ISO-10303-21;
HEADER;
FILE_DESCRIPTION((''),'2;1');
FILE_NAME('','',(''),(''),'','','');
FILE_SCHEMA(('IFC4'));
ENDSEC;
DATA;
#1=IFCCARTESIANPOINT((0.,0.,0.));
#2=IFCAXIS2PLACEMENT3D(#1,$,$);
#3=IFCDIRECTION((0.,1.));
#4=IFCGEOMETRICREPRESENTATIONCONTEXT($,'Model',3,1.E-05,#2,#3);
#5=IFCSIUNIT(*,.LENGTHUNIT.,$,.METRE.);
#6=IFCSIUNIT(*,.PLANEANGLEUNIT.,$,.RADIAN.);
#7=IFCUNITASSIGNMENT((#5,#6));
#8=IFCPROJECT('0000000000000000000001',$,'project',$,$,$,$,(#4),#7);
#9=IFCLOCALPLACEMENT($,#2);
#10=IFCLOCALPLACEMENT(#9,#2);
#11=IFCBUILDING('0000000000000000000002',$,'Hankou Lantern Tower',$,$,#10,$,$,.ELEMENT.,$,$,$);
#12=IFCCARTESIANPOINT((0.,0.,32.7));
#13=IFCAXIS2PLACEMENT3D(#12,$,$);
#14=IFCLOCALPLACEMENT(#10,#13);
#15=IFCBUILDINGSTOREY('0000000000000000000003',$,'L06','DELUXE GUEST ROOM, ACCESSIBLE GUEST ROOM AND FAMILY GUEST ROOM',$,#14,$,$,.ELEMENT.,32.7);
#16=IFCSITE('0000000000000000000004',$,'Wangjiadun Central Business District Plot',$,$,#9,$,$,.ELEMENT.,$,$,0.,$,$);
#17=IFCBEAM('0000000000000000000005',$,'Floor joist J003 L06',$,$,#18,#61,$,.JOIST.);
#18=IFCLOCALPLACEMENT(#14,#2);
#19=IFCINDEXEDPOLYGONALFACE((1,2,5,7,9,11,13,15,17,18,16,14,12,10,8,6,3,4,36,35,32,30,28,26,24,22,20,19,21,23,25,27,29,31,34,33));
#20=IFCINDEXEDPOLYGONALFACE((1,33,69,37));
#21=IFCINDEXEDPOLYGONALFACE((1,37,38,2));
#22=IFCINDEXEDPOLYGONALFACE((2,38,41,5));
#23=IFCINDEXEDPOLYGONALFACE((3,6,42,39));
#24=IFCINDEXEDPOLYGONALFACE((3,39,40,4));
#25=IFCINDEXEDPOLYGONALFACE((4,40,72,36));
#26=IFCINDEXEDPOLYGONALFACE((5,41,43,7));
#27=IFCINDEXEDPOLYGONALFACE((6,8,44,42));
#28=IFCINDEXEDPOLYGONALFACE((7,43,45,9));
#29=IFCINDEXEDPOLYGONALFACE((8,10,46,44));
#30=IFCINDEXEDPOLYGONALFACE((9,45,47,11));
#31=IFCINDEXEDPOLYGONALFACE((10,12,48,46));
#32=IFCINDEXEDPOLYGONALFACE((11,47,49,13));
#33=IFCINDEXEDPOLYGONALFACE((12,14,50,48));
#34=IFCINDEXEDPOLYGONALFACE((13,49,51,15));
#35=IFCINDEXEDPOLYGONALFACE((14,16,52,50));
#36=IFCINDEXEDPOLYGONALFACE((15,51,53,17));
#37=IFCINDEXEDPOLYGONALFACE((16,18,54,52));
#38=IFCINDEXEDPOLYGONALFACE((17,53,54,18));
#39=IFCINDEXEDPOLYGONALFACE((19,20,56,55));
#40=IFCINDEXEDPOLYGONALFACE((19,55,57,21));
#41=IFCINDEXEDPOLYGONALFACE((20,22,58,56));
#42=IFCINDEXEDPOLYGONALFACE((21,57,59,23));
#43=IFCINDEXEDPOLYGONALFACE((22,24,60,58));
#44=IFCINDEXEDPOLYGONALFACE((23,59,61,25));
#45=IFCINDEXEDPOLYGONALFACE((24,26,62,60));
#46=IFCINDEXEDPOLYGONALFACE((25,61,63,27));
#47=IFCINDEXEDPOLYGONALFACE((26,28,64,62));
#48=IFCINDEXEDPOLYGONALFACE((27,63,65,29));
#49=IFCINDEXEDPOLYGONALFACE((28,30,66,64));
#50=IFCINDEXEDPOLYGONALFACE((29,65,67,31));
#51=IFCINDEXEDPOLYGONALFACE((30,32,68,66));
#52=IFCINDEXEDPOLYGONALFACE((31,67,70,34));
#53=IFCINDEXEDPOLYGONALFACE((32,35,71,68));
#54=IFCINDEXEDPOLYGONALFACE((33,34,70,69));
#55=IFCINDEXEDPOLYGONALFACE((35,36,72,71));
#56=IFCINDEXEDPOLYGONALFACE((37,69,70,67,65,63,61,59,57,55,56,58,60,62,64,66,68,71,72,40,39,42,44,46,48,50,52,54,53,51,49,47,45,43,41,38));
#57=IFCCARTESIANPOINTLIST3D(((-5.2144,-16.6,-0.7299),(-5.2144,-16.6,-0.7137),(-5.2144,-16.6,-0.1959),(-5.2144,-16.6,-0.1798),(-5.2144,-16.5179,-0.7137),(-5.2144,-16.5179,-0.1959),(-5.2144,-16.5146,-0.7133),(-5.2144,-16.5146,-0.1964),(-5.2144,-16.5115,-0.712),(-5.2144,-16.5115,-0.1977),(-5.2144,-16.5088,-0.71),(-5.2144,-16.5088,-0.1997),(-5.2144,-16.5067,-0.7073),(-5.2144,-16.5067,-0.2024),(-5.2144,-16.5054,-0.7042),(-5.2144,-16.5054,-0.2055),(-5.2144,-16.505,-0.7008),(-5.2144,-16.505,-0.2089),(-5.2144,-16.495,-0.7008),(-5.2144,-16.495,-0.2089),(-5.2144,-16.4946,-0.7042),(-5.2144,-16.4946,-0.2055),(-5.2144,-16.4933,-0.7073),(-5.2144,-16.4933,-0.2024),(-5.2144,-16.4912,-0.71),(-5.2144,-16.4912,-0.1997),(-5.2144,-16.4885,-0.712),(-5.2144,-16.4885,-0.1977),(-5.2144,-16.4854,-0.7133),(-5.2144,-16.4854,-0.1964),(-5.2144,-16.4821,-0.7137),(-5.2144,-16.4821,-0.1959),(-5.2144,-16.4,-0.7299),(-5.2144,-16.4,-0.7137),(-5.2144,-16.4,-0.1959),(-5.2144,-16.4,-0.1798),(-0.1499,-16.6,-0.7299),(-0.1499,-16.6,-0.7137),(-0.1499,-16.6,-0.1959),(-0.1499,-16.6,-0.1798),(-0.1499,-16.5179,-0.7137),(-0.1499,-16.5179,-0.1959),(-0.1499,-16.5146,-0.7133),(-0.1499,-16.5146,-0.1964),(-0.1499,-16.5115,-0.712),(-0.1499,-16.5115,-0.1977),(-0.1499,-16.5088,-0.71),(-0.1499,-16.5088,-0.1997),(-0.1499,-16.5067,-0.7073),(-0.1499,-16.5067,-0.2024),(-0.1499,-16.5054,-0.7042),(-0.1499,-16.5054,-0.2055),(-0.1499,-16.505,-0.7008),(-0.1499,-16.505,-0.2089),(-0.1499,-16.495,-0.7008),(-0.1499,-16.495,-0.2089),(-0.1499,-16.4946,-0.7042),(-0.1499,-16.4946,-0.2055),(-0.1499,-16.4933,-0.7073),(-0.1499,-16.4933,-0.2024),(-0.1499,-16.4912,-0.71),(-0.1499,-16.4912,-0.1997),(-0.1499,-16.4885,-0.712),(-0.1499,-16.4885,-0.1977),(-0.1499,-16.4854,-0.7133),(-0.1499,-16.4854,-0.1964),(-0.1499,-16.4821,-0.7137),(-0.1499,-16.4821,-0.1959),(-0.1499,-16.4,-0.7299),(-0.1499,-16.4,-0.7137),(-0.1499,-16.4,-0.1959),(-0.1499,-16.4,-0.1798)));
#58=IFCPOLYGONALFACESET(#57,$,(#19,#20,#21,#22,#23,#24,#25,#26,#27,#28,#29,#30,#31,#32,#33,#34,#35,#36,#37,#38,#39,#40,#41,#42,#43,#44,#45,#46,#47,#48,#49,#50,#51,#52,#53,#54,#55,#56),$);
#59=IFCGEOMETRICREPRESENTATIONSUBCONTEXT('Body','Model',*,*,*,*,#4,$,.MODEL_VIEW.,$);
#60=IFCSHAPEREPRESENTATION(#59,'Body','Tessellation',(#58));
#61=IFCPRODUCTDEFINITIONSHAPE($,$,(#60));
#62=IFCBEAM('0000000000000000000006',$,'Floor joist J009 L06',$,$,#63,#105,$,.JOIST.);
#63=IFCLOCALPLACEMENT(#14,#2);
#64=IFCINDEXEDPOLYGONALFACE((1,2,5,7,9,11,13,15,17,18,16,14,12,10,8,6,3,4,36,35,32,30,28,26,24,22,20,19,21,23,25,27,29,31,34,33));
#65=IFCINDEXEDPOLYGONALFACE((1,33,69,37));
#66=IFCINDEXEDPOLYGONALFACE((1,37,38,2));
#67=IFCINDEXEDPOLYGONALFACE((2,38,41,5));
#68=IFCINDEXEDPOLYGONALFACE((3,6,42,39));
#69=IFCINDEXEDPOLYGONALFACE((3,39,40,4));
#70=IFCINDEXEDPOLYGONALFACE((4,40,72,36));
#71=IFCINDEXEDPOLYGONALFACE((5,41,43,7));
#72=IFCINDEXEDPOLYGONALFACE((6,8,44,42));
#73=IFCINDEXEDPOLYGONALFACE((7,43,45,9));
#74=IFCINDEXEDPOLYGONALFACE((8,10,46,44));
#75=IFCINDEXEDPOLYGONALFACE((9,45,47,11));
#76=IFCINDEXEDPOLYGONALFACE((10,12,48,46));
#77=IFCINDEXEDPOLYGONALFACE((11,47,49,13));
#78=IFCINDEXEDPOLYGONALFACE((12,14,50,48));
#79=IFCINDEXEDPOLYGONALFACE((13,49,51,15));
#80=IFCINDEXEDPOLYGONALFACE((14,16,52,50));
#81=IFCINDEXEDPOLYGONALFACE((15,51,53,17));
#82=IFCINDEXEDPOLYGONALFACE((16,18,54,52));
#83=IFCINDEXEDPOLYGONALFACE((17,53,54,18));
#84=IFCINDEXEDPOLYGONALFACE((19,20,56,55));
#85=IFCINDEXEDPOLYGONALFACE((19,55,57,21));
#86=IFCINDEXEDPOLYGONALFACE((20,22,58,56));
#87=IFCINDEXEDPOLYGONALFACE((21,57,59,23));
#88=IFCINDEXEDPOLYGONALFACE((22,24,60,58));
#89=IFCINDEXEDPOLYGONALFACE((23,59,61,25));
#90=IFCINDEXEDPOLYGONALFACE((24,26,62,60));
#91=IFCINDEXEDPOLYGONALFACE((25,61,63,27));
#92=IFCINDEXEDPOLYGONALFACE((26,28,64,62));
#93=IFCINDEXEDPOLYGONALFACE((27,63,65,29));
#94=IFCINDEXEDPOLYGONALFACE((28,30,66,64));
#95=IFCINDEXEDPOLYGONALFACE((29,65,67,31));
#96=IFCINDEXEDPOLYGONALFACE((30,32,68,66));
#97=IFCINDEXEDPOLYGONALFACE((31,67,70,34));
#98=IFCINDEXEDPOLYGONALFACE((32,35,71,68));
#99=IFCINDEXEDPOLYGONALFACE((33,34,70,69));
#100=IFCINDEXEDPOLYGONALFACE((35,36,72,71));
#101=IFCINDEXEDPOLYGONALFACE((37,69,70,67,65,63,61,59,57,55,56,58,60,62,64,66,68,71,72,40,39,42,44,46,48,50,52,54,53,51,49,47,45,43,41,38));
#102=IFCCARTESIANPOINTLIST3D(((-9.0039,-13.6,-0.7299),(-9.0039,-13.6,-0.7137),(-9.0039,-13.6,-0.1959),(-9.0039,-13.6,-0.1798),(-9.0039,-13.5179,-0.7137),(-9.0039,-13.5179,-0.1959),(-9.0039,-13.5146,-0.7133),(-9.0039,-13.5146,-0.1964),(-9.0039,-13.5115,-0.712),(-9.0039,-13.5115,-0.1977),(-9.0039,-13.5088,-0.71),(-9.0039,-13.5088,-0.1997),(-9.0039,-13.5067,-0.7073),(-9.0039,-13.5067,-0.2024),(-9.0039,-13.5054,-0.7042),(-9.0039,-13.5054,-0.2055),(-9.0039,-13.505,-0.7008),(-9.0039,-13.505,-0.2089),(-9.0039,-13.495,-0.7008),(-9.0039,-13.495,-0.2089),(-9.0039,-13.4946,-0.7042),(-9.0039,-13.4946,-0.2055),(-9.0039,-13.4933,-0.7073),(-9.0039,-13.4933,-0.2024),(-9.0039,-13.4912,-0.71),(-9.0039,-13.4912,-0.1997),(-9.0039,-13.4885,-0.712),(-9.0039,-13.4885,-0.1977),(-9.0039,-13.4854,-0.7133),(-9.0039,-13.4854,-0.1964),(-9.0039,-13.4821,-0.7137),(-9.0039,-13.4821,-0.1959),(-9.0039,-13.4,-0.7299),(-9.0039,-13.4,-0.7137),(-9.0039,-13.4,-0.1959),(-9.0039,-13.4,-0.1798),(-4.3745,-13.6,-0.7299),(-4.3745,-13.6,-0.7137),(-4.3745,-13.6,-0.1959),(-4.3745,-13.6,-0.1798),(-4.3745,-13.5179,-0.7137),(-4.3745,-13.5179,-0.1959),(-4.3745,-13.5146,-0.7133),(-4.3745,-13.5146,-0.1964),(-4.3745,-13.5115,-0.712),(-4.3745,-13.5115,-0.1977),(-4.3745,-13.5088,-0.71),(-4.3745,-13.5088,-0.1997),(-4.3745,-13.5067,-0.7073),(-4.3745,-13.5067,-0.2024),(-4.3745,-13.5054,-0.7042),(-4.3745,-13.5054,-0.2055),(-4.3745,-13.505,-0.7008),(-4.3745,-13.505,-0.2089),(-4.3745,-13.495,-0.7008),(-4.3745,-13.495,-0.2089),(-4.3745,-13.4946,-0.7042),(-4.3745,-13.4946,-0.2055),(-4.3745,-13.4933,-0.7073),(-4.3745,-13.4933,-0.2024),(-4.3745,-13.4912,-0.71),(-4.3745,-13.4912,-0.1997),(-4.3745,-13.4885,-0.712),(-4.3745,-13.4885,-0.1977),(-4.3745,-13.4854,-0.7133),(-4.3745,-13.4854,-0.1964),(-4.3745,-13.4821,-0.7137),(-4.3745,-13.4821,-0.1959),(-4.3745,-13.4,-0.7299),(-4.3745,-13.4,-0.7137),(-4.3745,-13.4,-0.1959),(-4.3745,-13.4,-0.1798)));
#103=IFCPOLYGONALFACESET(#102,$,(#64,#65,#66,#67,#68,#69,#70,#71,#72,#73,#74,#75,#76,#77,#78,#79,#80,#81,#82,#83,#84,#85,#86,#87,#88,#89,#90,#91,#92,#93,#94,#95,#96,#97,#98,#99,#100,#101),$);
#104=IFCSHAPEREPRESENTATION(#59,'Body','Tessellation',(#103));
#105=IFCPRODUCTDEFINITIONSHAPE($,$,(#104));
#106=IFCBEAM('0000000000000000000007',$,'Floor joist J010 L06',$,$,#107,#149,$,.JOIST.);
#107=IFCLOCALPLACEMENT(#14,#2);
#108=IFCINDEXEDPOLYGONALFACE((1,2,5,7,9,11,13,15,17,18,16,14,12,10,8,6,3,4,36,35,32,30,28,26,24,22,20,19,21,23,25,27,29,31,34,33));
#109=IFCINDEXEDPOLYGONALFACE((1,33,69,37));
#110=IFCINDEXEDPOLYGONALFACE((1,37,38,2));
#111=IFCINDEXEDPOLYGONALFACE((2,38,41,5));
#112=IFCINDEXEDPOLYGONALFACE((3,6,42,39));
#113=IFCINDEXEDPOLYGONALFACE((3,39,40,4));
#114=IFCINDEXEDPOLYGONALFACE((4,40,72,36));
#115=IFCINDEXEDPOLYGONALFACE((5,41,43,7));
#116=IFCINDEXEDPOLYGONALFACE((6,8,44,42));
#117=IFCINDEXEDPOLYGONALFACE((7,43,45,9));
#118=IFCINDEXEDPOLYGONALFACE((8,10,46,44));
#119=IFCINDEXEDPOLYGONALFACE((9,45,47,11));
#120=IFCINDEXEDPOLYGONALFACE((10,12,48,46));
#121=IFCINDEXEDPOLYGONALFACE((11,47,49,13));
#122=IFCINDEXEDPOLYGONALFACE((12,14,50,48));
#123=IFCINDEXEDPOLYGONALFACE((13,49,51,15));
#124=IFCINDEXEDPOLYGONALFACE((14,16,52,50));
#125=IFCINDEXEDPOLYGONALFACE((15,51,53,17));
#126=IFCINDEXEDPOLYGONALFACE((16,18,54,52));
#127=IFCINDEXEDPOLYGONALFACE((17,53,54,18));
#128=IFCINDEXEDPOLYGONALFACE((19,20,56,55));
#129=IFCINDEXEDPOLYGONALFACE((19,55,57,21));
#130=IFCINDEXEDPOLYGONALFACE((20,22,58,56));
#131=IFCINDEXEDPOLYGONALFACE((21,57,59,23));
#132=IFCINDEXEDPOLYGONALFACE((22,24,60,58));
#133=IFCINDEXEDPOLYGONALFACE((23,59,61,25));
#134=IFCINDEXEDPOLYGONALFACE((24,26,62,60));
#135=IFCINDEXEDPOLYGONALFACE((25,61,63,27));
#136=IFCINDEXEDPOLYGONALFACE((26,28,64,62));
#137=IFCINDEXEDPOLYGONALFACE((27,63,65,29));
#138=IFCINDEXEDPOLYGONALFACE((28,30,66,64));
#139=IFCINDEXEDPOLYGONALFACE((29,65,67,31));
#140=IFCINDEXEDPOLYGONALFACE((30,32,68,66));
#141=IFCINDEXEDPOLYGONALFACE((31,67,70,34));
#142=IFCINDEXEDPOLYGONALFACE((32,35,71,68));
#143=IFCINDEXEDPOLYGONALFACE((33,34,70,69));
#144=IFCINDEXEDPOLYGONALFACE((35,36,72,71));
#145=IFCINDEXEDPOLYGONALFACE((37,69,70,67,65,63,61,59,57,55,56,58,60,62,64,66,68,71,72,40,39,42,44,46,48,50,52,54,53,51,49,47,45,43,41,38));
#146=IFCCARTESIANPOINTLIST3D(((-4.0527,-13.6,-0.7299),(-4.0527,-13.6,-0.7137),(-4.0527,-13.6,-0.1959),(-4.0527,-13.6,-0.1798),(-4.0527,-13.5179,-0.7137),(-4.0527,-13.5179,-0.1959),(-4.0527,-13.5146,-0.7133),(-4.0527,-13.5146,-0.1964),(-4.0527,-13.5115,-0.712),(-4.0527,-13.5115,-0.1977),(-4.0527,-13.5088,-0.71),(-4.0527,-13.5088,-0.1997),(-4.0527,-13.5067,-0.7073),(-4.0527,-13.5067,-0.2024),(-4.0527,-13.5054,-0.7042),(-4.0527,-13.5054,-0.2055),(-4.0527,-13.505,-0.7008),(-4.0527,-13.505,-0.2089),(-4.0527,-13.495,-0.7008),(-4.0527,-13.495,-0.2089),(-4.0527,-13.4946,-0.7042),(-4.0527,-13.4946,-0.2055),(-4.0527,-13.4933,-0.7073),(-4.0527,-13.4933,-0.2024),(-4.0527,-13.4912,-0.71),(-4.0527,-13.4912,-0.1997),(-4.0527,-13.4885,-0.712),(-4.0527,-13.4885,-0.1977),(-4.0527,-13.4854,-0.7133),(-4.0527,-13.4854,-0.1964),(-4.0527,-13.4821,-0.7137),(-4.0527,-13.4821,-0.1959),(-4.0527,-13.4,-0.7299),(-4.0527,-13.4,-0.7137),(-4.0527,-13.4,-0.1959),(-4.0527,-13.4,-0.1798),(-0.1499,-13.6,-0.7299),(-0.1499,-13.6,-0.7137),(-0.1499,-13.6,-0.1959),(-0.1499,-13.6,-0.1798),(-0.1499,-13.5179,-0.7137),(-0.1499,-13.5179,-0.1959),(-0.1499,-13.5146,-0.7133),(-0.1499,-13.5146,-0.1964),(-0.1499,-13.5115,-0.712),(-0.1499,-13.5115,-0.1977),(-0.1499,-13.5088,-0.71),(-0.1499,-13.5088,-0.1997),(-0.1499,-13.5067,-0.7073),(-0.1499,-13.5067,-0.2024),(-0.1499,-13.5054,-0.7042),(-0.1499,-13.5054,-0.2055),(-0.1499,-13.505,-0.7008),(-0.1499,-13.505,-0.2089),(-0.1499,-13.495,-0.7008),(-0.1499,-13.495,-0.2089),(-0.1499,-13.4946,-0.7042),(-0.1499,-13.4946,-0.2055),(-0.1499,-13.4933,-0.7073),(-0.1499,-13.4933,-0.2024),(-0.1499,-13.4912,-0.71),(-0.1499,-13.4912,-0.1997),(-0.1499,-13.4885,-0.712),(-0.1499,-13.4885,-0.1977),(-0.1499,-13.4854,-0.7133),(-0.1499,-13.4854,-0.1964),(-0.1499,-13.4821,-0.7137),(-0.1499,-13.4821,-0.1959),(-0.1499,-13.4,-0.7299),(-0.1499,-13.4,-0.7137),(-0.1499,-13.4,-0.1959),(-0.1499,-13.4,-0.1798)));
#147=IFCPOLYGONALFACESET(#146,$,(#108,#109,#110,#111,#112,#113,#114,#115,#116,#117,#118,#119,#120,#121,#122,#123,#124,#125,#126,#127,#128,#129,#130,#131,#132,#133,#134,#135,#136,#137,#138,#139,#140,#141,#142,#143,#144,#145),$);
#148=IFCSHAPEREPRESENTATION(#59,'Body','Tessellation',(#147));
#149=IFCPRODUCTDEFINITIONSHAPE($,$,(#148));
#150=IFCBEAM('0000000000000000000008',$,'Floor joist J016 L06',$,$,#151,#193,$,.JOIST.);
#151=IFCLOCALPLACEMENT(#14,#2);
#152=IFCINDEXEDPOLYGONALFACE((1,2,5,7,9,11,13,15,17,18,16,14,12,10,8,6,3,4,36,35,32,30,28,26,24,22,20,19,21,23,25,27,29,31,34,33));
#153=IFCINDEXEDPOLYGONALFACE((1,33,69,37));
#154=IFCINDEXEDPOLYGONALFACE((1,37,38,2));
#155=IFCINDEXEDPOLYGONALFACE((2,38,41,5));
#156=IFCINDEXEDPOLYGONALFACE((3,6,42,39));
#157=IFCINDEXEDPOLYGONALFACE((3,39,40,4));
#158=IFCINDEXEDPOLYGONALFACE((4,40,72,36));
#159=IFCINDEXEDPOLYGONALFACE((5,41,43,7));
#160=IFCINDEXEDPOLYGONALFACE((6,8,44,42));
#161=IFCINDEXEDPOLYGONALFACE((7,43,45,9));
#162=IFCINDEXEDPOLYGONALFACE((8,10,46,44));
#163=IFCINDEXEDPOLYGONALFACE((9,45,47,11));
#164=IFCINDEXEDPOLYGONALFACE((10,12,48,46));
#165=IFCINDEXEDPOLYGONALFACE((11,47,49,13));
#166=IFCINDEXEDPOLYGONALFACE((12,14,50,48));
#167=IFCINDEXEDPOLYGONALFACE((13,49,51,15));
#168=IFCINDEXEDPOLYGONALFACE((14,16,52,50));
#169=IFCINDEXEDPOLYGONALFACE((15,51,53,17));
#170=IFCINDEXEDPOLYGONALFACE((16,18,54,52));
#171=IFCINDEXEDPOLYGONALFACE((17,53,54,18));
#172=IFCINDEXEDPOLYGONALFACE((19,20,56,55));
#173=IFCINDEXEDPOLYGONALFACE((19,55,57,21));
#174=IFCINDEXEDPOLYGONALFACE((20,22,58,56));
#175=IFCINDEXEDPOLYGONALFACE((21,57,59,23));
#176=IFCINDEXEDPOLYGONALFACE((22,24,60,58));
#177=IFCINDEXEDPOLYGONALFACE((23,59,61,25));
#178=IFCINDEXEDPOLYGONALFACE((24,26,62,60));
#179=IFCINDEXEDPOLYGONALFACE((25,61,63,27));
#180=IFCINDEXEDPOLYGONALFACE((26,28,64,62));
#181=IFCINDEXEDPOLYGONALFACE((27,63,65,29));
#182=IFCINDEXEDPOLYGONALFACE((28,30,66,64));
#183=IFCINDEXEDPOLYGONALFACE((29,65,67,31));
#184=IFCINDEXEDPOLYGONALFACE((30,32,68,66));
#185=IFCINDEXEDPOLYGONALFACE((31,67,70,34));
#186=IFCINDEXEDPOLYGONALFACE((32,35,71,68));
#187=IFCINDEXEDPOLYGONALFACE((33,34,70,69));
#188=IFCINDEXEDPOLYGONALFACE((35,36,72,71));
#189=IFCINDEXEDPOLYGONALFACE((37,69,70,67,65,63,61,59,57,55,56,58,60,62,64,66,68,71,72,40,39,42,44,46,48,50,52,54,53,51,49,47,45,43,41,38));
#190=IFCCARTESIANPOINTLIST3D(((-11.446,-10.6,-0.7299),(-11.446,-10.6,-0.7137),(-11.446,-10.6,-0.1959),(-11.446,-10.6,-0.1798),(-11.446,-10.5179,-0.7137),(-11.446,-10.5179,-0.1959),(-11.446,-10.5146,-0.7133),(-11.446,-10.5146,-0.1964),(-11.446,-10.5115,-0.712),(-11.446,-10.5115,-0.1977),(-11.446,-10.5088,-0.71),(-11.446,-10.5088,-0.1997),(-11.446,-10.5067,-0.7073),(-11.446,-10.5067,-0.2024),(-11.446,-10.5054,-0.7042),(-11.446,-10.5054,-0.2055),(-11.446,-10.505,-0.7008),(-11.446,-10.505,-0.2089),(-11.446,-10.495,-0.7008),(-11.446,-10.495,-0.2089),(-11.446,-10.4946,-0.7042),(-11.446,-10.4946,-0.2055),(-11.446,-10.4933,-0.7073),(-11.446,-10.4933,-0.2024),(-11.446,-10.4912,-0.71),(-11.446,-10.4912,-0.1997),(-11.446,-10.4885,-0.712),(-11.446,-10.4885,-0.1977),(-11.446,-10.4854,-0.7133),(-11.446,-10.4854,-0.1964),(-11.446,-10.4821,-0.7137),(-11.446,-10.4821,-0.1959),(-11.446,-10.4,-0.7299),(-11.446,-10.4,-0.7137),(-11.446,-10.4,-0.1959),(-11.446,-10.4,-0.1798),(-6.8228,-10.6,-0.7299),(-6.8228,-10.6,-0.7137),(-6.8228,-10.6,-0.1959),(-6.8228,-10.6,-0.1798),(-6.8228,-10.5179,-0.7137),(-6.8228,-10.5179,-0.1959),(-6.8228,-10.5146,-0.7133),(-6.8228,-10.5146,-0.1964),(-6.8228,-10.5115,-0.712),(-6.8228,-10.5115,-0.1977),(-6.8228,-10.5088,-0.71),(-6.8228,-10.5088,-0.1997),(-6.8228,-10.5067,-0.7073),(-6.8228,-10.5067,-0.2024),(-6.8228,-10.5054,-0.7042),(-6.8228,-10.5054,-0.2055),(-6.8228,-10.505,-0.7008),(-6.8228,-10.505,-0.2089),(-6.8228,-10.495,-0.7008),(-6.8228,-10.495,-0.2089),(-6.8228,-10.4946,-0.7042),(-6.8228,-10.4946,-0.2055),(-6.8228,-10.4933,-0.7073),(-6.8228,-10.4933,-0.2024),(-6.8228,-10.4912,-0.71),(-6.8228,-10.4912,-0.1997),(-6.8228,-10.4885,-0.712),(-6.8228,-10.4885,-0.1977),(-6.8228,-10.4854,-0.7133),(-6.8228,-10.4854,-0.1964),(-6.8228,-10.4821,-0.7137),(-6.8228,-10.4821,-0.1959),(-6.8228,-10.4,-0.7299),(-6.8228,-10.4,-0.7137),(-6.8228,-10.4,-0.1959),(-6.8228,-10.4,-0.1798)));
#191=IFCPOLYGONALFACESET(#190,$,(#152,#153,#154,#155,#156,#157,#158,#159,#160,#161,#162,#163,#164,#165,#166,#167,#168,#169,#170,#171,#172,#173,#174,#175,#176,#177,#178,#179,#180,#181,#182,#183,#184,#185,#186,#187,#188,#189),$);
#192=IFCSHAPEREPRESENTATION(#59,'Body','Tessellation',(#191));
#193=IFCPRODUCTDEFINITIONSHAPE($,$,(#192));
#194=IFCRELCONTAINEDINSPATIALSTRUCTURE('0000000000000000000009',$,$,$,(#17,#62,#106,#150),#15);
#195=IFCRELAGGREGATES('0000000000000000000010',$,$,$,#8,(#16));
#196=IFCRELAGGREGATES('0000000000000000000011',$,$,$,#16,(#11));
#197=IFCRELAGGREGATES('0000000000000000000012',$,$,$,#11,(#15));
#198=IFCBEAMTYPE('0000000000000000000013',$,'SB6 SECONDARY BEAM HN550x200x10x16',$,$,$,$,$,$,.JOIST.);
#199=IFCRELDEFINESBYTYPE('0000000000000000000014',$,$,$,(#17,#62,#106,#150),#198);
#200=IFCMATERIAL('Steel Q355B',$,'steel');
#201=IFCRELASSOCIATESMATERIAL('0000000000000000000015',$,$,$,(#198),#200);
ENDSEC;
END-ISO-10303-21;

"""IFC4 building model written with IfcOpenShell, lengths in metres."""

from ifc_helpers import new_model, si_unit, direction, frame, origin, origin_2d, place, context, subcontext, project, spatial, i_section, extrude, material, material_profile, profile_set, type_object, element, save


model = new_model("IFC4")

# Units and contexts
model_context = context("Model", 3, precision=1e-05, world=origin(), true_north=direction((0.0, 1.0)))
body_context = subcontext(model_context, "Body", "Model", "MODEL_VIEW")
ifc_project = project(units=[si_unit("LENGTHUNIT", "METRE"), si_unit("PLANEANGLEUNIT", "RADIAN")], contexts=[model_context])

# Site, building, storey
site_placement = place(None, origin())
site = spatial("IfcSite", under=ifc_project, at=site_placement, Name="Wangjiadun Central Business District Plot", CompositionType="ELEMENT", RefElevation=0.0)
building_placement = place(site_placement, origin())
building = spatial("IfcBuilding", under=site, at=building_placement, Name="Hankou Lantern Tower", CompositionType="ELEMENT")
storey_placement = place(building_placement, frame((0.0, 0.0, 32.7)))
storey = spatial("IfcBuildingStorey", under=building, at=storey_placement, Name="L06", Description="DELUXE GUEST ROOM, ACCESSIBLE GUEST ROOM AND FAMILY GUEST ROOM", CompositionType="ELEMENT", Elevation=32.7)

# Beams
ifc_material_1 = material(Name="Steel Q355B", Category="steel")
ifc_material_profile_1 = material_profile(ifc_material_1, i_section(OverallWidth=0.2, OverallDepth=0.55, WebThickness=0.01, FlangeThickness=0.0161, FilletRadius=0.0129, at=origin_2d()), Name="HN550x200x10x16")
ifc_profile_set_1 = profile_set([ifc_material_profile_1], Name="Steel Q355B")
beam_type_1 = type_object("IfcBeamType", Name="SB6 SECONDARY BEAM HN550x200x10x16", PredefinedType="JOIST", material=ifc_profile_set_1)
beam_1_placement = place(storey_placement, frame((-5.2144, -16.5, -0.4548), z_axis=(1.0, 0.0, 0.0), x_axis=(0.0, 1.0, 0.0)))
element("IfcBeam", 1, at=beam_1_placement, inside=storey, type_object=beam_type_1, Name="Floor joist J003 L06", PredefinedType="JOIST", context=body_context, shape_type="SweptSolid", body=[
    extrude(i_section(OverallWidth=0.2, OverallDepth=0.55, WebThickness=0.01, FlangeThickness=0.0161, FilletRadius=0.0129, at=origin_2d()), origin(), (0.0, 0.0, 1.0), 5.0645),
])
beam_2_placement = place(storey_placement, frame((-9.0039, -13.5, -0.4548), z_axis=(1.0, 0.0, 0.0), x_axis=(0.0, 1.0, 0.0)))
element("IfcBeam", 2, at=beam_2_placement, inside=storey, type_object=beam_type_1, Name="Floor joist J009 L06", PredefinedType="JOIST", context=body_context, shape_type="SweptSolid", body=[
    extrude(i_section(OverallWidth=0.2, OverallDepth=0.55, WebThickness=0.01, FlangeThickness=0.0161, FilletRadius=0.0129, at=origin_2d()), origin(), (0.0, 0.0, 1.0), 4.6294),
])
beam_3_placement = place(storey_placement, frame((-4.0527, -13.5, -0.4548), z_axis=(1.0, 0.0, 0.0), x_axis=(0.0, 1.0, 0.0)))
element("IfcBeam", 3, at=beam_3_placement, inside=storey, type_object=beam_type_1, Name="Floor joist J010 L06", PredefinedType="JOIST", context=body_context, shape_type="SweptSolid", body=[
    extrude(i_section(OverallWidth=0.2, OverallDepth=0.55, WebThickness=0.01, FlangeThickness=0.0161, FilletRadius=0.0129, at=origin_2d()), origin(), (0.0, 0.0, 1.0), 3.9028),
])
beam_4_placement = place(storey_placement, frame((-11.446, -10.5, -0.4548), z_axis=(1.0, 0.0, 0.0), x_axis=(0.0, 1.0, 0.0)))
element("IfcBeam", 4, at=beam_4_placement, inside=storey, type_object=beam_type_1, Name="Floor joist J016 L06", PredefinedType="JOIST", context=body_context, shape_type="SweptSolid", body=[
    extrude(i_section(OverallWidth=0.2, OverallDepth=0.55, WebThickness=0.01, FlangeThickness=0.0161, FilletRadius=0.0129, at=origin_2d()), origin(), (0.0, 0.0, 1.0), 4.6233),
])

save(model, "model.ifc")
